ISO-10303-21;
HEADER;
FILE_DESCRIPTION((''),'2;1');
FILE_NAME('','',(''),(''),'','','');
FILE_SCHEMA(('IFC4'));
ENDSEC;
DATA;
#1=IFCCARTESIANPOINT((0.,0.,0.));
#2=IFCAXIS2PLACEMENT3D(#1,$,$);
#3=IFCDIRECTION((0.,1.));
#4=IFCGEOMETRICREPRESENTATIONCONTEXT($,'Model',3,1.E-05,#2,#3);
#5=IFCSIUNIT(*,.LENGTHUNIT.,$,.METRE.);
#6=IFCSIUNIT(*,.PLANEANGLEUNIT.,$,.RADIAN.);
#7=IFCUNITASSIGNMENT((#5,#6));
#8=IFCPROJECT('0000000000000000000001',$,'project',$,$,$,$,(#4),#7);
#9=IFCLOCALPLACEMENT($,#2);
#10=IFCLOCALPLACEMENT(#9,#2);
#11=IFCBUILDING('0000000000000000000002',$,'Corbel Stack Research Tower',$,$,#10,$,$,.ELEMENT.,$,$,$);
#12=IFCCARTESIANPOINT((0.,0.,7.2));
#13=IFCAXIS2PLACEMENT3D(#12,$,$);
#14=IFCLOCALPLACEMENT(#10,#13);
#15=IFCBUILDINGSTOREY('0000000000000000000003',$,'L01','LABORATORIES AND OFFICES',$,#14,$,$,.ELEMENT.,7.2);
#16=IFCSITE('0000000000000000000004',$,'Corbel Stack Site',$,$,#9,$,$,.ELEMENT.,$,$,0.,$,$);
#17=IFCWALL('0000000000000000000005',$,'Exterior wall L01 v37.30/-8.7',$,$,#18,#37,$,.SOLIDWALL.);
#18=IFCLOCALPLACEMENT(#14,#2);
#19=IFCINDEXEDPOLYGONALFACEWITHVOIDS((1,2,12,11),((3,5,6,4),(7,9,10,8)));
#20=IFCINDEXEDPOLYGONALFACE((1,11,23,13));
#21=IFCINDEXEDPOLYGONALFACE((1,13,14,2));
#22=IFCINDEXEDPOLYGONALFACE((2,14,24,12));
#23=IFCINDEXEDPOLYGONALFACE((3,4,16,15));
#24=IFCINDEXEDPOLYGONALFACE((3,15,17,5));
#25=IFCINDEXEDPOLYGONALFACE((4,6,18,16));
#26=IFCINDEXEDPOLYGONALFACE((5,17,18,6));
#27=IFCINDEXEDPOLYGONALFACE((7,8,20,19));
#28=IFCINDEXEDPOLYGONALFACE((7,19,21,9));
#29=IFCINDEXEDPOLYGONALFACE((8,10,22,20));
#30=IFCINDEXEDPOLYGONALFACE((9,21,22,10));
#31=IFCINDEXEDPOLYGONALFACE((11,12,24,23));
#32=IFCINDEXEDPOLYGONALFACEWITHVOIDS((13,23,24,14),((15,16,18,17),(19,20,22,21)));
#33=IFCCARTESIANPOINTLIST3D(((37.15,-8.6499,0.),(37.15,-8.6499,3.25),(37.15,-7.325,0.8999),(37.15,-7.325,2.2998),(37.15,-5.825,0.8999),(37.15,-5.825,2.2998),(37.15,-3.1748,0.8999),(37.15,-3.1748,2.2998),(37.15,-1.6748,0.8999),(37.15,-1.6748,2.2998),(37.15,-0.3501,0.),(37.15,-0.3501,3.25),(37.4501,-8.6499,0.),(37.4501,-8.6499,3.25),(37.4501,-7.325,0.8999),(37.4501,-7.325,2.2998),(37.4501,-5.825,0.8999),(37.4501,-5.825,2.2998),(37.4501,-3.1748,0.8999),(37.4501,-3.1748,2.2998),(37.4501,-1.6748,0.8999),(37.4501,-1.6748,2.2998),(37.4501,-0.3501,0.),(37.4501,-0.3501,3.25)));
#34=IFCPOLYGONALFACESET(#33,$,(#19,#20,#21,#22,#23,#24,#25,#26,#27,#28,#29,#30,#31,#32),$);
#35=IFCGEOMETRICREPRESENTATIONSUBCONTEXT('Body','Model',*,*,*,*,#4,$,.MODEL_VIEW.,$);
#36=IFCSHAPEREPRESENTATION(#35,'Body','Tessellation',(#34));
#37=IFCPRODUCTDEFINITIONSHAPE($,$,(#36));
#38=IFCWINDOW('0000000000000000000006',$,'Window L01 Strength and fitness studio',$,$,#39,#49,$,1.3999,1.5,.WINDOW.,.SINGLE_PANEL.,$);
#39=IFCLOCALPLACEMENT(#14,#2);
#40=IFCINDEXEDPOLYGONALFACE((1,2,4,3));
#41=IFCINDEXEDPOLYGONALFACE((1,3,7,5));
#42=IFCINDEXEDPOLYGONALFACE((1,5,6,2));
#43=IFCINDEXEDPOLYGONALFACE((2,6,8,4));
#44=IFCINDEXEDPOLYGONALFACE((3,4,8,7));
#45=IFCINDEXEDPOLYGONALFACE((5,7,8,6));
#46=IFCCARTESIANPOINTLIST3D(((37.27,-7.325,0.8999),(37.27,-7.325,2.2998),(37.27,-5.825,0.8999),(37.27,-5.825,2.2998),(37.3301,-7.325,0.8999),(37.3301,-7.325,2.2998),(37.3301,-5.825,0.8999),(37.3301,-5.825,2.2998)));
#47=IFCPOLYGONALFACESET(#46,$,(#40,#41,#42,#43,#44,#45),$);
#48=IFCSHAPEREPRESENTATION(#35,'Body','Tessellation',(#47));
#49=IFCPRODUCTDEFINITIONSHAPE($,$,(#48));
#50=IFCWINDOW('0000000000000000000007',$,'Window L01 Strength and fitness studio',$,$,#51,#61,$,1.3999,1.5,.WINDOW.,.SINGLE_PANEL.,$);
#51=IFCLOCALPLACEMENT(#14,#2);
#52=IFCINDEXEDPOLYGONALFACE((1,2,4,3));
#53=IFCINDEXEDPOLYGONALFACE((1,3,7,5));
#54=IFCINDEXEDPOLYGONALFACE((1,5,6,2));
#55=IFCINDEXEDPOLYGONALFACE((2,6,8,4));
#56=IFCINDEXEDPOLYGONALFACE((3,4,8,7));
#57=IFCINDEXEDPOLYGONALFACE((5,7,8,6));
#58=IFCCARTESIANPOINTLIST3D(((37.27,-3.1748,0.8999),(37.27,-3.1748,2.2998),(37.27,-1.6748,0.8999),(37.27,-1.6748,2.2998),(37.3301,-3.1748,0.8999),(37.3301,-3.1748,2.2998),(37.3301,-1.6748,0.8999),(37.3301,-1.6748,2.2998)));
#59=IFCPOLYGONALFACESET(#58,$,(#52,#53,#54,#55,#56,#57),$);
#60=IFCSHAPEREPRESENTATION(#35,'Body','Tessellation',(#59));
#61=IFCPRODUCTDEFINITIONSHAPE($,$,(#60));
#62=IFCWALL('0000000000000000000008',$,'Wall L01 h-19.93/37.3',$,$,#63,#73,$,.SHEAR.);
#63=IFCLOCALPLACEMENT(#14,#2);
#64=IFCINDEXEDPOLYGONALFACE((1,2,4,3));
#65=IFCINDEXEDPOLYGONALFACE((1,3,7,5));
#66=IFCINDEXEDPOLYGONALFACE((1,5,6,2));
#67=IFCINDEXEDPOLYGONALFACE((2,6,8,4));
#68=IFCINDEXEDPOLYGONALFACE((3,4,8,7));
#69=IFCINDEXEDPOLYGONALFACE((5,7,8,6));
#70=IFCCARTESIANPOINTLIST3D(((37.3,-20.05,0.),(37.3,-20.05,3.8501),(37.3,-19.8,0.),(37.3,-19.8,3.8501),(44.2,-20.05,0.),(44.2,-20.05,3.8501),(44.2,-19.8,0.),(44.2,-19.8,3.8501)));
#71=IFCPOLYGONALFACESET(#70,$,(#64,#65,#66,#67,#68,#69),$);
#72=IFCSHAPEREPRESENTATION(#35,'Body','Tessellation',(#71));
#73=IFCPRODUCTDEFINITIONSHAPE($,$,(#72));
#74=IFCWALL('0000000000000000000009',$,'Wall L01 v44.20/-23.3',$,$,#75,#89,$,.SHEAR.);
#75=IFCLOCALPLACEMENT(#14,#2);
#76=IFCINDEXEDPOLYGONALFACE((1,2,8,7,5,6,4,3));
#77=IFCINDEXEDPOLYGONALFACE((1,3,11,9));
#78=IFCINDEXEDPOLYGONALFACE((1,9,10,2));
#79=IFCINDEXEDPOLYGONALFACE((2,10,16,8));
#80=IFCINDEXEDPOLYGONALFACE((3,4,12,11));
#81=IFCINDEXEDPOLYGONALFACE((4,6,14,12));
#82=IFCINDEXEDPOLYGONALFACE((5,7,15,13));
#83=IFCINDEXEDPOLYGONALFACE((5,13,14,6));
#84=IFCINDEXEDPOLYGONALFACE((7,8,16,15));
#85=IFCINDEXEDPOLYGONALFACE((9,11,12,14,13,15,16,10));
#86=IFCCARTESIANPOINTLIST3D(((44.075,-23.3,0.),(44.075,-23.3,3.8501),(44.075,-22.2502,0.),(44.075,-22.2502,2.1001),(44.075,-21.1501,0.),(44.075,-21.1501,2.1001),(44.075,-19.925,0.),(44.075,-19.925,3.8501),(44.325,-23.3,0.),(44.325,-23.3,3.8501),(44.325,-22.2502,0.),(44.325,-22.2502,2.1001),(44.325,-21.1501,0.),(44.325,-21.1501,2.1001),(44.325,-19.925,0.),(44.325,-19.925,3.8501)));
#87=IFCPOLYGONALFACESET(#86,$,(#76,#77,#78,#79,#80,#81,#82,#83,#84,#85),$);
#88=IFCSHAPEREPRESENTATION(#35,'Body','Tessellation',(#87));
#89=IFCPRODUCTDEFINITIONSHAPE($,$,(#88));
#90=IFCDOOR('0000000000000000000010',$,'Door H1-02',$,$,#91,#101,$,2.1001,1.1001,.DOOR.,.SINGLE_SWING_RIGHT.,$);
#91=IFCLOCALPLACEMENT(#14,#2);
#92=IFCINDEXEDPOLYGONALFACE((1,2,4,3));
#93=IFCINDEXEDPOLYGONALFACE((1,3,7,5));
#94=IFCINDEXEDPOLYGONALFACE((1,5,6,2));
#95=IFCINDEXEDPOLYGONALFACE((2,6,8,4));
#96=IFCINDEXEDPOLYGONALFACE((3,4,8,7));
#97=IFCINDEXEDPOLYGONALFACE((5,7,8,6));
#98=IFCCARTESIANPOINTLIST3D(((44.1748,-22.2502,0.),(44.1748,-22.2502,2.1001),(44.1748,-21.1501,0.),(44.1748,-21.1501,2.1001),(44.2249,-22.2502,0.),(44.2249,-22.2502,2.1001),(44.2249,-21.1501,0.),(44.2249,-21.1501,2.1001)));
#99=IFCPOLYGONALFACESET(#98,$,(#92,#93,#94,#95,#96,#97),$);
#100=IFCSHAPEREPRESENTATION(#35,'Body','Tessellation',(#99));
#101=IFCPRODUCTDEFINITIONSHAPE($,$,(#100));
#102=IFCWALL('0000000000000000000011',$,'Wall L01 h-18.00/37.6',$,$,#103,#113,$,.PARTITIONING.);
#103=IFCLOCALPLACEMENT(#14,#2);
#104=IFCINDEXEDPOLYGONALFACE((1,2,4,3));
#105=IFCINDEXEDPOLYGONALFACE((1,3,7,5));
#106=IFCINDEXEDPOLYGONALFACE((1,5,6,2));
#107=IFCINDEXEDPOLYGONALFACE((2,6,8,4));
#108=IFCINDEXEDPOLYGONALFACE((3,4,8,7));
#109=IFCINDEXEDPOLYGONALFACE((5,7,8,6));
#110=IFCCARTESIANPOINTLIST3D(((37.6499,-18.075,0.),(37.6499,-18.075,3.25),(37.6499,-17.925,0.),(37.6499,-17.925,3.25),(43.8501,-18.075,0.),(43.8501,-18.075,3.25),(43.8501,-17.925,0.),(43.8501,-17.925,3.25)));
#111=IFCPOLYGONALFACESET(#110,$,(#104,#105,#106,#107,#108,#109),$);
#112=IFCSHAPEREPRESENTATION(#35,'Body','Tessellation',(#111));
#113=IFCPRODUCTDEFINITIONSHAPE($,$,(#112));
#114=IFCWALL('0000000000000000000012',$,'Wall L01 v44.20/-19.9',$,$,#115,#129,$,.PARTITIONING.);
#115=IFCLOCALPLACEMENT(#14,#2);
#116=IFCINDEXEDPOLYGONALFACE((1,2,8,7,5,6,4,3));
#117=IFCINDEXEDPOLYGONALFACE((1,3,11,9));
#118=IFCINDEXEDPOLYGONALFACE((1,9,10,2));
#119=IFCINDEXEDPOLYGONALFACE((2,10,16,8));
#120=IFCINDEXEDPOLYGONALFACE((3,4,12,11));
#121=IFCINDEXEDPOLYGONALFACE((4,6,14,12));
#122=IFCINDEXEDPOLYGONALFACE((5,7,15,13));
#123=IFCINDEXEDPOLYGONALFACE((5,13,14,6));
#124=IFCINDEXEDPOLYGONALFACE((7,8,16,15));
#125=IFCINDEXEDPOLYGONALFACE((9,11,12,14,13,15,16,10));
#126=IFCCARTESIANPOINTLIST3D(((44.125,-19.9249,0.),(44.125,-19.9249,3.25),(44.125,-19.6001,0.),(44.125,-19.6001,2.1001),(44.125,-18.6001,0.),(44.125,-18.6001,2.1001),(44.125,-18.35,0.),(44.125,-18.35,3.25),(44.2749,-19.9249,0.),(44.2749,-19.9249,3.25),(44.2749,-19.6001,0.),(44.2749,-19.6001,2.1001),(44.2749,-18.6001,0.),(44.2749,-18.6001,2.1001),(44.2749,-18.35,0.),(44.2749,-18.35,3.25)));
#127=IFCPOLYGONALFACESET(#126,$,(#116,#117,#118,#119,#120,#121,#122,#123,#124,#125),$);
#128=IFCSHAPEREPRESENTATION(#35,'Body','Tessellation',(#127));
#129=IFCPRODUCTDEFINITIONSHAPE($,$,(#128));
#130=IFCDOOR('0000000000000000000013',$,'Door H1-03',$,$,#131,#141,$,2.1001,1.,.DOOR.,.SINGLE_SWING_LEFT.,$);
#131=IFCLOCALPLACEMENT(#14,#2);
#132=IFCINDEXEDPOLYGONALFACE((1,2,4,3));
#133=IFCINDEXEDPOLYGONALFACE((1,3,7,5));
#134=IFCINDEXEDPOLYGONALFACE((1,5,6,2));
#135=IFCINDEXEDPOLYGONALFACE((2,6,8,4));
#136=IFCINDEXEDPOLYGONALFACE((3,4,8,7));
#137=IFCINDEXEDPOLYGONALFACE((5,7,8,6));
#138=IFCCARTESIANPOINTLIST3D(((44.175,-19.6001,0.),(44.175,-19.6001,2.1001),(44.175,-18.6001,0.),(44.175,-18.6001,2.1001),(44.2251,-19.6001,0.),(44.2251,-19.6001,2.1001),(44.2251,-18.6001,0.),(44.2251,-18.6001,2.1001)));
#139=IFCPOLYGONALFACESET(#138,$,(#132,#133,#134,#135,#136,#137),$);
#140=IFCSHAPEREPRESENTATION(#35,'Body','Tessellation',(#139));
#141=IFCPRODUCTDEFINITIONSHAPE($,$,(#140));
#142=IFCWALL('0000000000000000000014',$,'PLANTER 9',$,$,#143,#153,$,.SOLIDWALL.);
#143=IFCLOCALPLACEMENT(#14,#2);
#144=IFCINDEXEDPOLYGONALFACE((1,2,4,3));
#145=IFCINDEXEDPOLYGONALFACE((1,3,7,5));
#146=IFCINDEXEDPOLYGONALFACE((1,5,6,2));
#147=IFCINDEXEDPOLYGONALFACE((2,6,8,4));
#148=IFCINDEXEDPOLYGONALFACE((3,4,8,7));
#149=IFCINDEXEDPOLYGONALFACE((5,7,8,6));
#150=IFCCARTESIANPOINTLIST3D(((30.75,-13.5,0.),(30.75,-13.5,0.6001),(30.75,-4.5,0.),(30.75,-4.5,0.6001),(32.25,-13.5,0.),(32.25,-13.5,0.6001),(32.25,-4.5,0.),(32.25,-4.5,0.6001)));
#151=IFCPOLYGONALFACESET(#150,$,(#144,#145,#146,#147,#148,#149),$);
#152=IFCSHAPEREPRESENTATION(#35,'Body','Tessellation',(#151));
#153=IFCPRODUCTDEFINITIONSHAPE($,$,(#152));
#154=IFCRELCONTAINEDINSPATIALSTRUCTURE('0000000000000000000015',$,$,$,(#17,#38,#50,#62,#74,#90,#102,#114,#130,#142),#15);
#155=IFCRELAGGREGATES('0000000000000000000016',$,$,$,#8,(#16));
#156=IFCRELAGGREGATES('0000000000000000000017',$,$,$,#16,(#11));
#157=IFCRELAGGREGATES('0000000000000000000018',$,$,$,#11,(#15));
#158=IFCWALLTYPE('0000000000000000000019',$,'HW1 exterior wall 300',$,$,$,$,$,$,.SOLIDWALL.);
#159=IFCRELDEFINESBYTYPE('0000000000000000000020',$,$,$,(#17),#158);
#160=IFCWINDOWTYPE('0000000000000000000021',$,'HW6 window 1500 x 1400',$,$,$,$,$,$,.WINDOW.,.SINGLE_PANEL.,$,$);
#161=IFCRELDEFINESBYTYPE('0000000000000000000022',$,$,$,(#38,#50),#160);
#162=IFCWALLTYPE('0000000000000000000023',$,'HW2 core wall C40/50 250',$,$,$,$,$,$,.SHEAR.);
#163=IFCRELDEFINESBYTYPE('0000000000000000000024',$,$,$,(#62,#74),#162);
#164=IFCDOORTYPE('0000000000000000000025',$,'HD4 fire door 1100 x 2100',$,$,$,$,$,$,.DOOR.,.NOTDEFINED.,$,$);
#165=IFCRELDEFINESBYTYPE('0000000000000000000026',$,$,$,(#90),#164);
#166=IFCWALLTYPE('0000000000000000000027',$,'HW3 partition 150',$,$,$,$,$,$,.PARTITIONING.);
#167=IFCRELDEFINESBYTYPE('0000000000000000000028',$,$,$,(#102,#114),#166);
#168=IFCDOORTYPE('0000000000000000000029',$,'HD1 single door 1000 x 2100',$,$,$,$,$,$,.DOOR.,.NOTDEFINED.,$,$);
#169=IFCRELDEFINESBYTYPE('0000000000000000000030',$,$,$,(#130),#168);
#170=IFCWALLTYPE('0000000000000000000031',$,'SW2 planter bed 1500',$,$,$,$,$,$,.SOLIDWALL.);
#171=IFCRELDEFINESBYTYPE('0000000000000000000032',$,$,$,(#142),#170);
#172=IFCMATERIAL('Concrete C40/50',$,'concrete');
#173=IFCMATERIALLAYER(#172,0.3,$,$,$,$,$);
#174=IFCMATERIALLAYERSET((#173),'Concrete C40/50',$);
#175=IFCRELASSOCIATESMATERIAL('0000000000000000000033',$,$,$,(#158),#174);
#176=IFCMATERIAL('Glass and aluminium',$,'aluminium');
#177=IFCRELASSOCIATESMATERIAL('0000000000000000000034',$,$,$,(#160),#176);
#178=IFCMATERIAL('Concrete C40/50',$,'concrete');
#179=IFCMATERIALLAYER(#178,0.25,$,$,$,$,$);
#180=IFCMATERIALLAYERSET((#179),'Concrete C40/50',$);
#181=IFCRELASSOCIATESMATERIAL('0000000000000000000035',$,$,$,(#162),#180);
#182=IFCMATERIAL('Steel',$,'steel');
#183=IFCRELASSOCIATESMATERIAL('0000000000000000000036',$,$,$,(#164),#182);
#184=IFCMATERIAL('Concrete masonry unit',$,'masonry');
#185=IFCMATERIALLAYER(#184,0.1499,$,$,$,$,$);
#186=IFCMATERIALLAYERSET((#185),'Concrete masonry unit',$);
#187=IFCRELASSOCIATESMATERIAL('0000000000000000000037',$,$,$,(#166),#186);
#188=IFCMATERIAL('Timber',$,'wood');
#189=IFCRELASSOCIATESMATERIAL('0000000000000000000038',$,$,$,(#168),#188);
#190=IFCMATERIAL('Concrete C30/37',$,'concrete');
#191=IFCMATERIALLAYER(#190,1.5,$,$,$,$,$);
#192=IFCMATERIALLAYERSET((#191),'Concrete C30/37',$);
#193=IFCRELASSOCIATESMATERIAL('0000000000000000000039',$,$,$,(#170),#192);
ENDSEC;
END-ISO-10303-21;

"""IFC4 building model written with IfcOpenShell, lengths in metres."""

from ifc_helpers import new_model, si_unit, direction, frame, frame_2d, origin, place, context, subcontext, project, spatial, rectangle, extrude, material, layer, layer_set, type_object, element, fill, save


model = new_model("IFC4")

# Units and contexts
model_context = context("Model", 3, precision=1e-05, world=origin(), true_north=direction((0.0, 1.0)))
body_context = subcontext(model_context, "Body", "Model", "MODEL_VIEW")
ifc_project = project(units=[si_unit("LENGTHUNIT", "METRE"), si_unit("PLANEANGLEUNIT", "RADIAN")], contexts=[model_context])

# Site, building, storey
site_placement = place(None, origin())
site = spatial("IfcSite", under=ifc_project, at=site_placement, Name="Corbel Stack Site", CompositionType="ELEMENT", RefElevation=0.0)
building_placement = place(site_placement, origin())
building = spatial("IfcBuilding", under=site, at=building_placement, Name="Corbel Stack Research Tower", CompositionType="ELEMENT")
storey_placement = place(building_placement, frame((0.0, 0.0, 7.2)))
storey = spatial("IfcBuildingStorey", under=building, at=storey_placement, Name="L01", Description="LABORATORIES AND OFFICES", CompositionType="ELEMENT", Elevation=7.2)

# Shared definitions
ifc_material_1 = material(Name="Concrete C40/50", Category="concrete")
ifc_layer_1 = layer(ifc_material_1, 0.3)
ifc_layer_set_1 = layer_set([ifc_layer_1], Name="Concrete C40/50")
wall_type_1 = type_object("IfcWallType", Name="HW1 exterior wall 300", PredefinedType="SOLIDWALL", material=ifc_layer_set_1)

# Wall, openings, windows
ifc_material_2 = material(Name="Glass and aluminium", Category="aluminium")
window_type = type_object("IfcWindowType", Name="HW6 window 1500 x 1400", PartitioningType="SINGLE_PANEL", PredefinedType="WINDOW", material=ifc_material_2)
wall_1_placement = place(storey_placement, frame((37.3, -8.6499, 0.0), z_axis=(0.0, 0.0, 1.0), x_axis=(0.0, 1.0, 0.0)))
wall_1 = element("IfcWall", 1, at=wall_1_placement, inside=storey, type_object=wall_type_1, Name="Exterior wall L01 v37.30/-8.7", PredefinedType="SOLIDWALL", context=body_context, shape_type="SweptSolid", body=[
    extrude(rectangle(XDim=8.2998, YDim=0.3, at=frame_2d((4.1499, 0.0))), origin(), (0.0, 0.0, 1.0), 3.25),
])
opening_1_placement = place(wall_1_placement, frame((1.325, 0.0, 0.8999)))
opening_1 = element("IfcOpeningElement", 2, at=opening_1_placement, cuts=wall_1, PredefinedType="OPENING", context=body_context, shape_type="SweptSolid", body=[
    extrude(rectangle(XDim=1.5, YDim=1.3999, at=frame_2d((0.75, 0.7))), frame((0.0, 0.1599, 0.0), z_axis=(0.0, -1.0, 0.0), x_axis=(1.0, 0.0, 0.0)), (0.0, 0.0, 1.0), 0.3201),
])
opening_2_placement = place(wall_1_placement, frame((5.4751, 0.0, 0.8999)))
opening_2 = element("IfcOpeningElement", 3, at=opening_2_placement, cuts=wall_1, PredefinedType="OPENING", context=body_context, shape_type="SweptSolid", body=[
    extrude(rectangle(XDim=1.5, YDim=1.3999, at=frame_2d((0.75, 0.7))), frame((0.0, 0.1599, 0.0), z_axis=(0.0, -1.0, 0.0), x_axis=(1.0, 0.0, 0.0)), (0.0, 0.0, 1.0), 0.3201),
])
window_1_placement = place(opening_1_placement, origin())
window_1 = element("IfcWindow", 4, at=window_1_placement, inside=storey, type_object=window_type, Name="Window L01 Strength and fitness studio", OverallHeight=1.3999, OverallWidth=1.5, PartitioningType="SINGLE_PANEL", PredefinedType="WINDOW", context=body_context, shape_type="SweptSolid", body=[
    extrude(rectangle(XDim=1.5, YDim=1.3999, at=frame_2d((0.75, 0.7))), frame((0.0, 0.03, 0.0), z_axis=(0.0, -1.0, 0.0), x_axis=(1.0, 0.0, 0.0)), (0.0, 0.0, 1.0), 0.0601),
])
fill(opening_1, window_1)
window_2_placement = place(opening_2_placement, origin())
window_2 = element("IfcWindow", 5, at=window_2_placement, inside=storey, type_object=window_type, Name="Window L01 Strength and fitness studio", OverallHeight=1.3999, OverallWidth=1.5, PartitioningType="SINGLE_PANEL", PredefinedType="WINDOW", context=body_context, shape_type="SweptSolid", body=[
    extrude(rectangle(XDim=1.5, YDim=1.3999, at=frame_2d((0.75, 0.7))), frame((0.0, 0.03, 0.0), z_axis=(0.0, -1.0, 0.0), x_axis=(1.0, 0.0, 0.0)), (0.0, 0.0, 1.0), 0.0601),
])
fill(opening_2, window_2)

# Wall
ifc_material_3 = material(Name="Concrete C40/50", Category="concrete")
ifc_layer_2 = layer(ifc_material_3, 0.25)
ifc_layer_set_2 = layer_set([ifc_layer_2], Name="Concrete C40/50")
wall_type_2 = type_object("IfcWallType", Name="HW2 core wall C40/50 250", PredefinedType="SHEAR", material=ifc_layer_set_2)
wall_2_placement = place(storey_placement, frame((37.3, -19.925, 0.0), z_axis=(0.0, 0.0, 1.0), x_axis=(1.0, 0.0, 0.0)))
element("IfcWall", 6, at=wall_2_placement, inside=storey, type_object=wall_type_2, Name="Wall L01 h-19.93/37.3", PredefinedType="SHEAR", context=body_context, shape_type="SweptSolid", body=[
    extrude(rectangle(XDim=6.8999, YDim=0.25, at=frame_2d((3.45, 0.0))), origin(), (0.0, 0.0, 1.0), 3.8501),
])

# Wall, opening, door
wall_3_placement = place(storey_placement, frame((44.2, -19.925, 0.0), z_axis=(0.0, 0.0, 1.0), x_axis=(0.0, -1.0, 0.0)))
wall_3 = element("IfcWall", 7, at=wall_3_placement, inside=storey, type_object=wall_type_2, Name="Wall L01 v44.20/-23.3", PredefinedType="SHEAR", context=body_context, shape_type="SweptSolid", body=[
    extrude(rectangle(XDim=3.375, YDim=0.25, at=frame_2d((1.6875, 0.0))), origin(), (0.0, 0.0, 1.0), 3.8501),
])
opening_3_placement = place(wall_3_placement, frame((1.2251, 0.0, 0.0)))
opening_3 = element("IfcOpeningElement", 8, at=opening_3_placement, cuts=wall_3, PredefinedType="OPENING", context=body_context, shape_type="SweptSolid", body=[
    extrude(rectangle(XDim=1.1001, YDim=2.1001, at=frame_2d((0.55, 1.05))), frame((0.0, 0.135, 0.0), z_axis=(0.0, -1.0, 0.0), x_axis=(1.0, 0.0, 0.0)), (0.0, 0.0, 1.0), 0.27),
])
ifc_material_4 = material(Name="Steel", Category="steel")
door_type_1 = type_object("IfcDoorType", Name="HD4 fire door 1100 x 2100", OperationType="NOTDEFINED", PredefinedType="DOOR", material=ifc_material_4)
door_1_placement = place(opening_3_placement, origin())
door_1 = element("IfcDoor", 9, at=door_1_placement, inside=storey, type_object=door_type_1, Name="Door H1-02", OperationType="SINGLE_SWING_RIGHT", OverallHeight=2.1001, OverallWidth=1.1001, PredefinedType="DOOR", context=body_context, shape_type="SweptSolid", body=[
    extrude(rectangle(XDim=1.1001, YDim=2.1001, at=frame_2d((0.55, 1.05))), frame((0.0, 0.0249, 0.0), z_axis=(0.0, -1.0, 0.0), x_axis=(1.0, 0.0, 0.0)), (0.0, 0.0, 1.0), 0.05),
])
fill(opening_3, door_1)

# Wall
ifc_material_5 = material(Name="Concrete masonry unit", Category="masonry")
ifc_layer_3 = layer(ifc_material_5, 0.1499)
ifc_layer_set_3 = layer_set([ifc_layer_3], Name="Concrete masonry unit")
wall_type_3 = type_object("IfcWallType", Name="HW3 partition 150", PredefinedType="PARTITIONING", material=ifc_layer_set_3)
wall_4_placement = place(storey_placement, frame((37.6499, -18.0, 0.0), z_axis=(0.0, 0.0, 1.0), x_axis=(1.0, 0.0, 0.0)))
element("IfcWall", 10, at=wall_4_placement, inside=storey, type_object=wall_type_3, Name="Wall L01 h-18.00/37.6", PredefinedType="PARTITIONING", context=body_context, shape_type="SweptSolid", body=[
    extrude(rectangle(XDim=6.2002, YDim=0.1499, at=frame_2d((3.1001, 0.0))), origin(), (0.0, 0.0, 1.0), 3.25),
])

# Wall, opening, door
wall_5_placement = place(storey_placement, frame((44.2, -19.925, 0.0), z_axis=(0.0, 0.0, 1.0), x_axis=(0.0, 1.0, 0.0)))
wall_5 = element("IfcWall", 11, at=wall_5_placement, inside=storey, type_object=wall_type_3, Name="Wall L01 v44.20/-19.9", PredefinedType="PARTITIONING", context=body_context, shape_type="SweptSolid", body=[
    extrude(rectangle(XDim=1.575, YDim=0.1499, at=frame_2d((0.7876, 0.0))), origin(), (0.0, 0.0, 1.0), 3.25),
])
opening_4_placement = place(wall_5_placement, frame((0.325, 0.0, 0.0)))
opening_4 = element("IfcOpeningElement", 12, at=opening_4_placement, cuts=wall_5, PredefinedType="OPENING", context=body_context, shape_type="SweptSolid", body=[
    extrude(rectangle(XDim=1.0, YDim=2.1001, at=frame_2d((0.5, 1.05))), frame((0.0, 0.085, 0.0), z_axis=(0.0, -1.0, 0.0), x_axis=(1.0, 0.0, 0.0)), (0.0, 0.0, 1.0), 0.1699),
])
ifc_material_6 = material(Name="Timber", Category="wood")
door_type_2 = type_object("IfcDoorType", Name="HD1 single door 1000 x 2100", OperationType="NOTDEFINED", PredefinedType="DOOR", material=ifc_material_6)
door_2_placement = place(opening_4_placement, origin())
door_2 = element("IfcDoor", 13, at=door_2_placement, inside=storey, type_object=door_type_2, Name="Door H1-03", OperationType="SINGLE_SWING_LEFT", OverallHeight=2.1001, OverallWidth=1.0, PredefinedType="DOOR", context=body_context, shape_type="SweptSolid", body=[
    extrude(rectangle(XDim=1.0, YDim=2.1001, at=frame_2d((0.5, 1.05))), frame((0.0, 0.0249, 0.0), z_axis=(0.0, -1.0, 0.0), x_axis=(1.0, 0.0, 0.0)), (0.0, 0.0, 1.0), 0.05),
])
fill(opening_4, door_2)

# Wall
ifc_material_7 = material(Name="Concrete C30/37", Category="concrete")
ifc_layer_4 = layer(ifc_material_7, 1.5)
ifc_layer_set_4 = layer_set([ifc_layer_4], Name="Concrete C30/37")
wall_type_4 = type_object("IfcWallType", Name="SW2 planter bed 1500", PredefinedType="SOLIDWALL", material=ifc_layer_set_4)
wall_6_placement = place(storey_placement, frame((31.5, -13.5, 0.0), z_axis=(0.0, 0.0, 1.0), x_axis=(0.0, 1.0, 0.0)))
element("IfcWall", 14, at=wall_6_placement, inside=storey, type_object=wall_type_4, Name="PLANTER 9", PredefinedType="SOLIDWALL", context=body_context, shape_type="SweptSolid", body=[
    extrude(rectangle(XDim=9.0, YDim=1.5, at=frame_2d((4.5, 0.0))), origin(), (0.0, 0.0, 1.0), 0.6001),
])

save(model, "model.ifc")
